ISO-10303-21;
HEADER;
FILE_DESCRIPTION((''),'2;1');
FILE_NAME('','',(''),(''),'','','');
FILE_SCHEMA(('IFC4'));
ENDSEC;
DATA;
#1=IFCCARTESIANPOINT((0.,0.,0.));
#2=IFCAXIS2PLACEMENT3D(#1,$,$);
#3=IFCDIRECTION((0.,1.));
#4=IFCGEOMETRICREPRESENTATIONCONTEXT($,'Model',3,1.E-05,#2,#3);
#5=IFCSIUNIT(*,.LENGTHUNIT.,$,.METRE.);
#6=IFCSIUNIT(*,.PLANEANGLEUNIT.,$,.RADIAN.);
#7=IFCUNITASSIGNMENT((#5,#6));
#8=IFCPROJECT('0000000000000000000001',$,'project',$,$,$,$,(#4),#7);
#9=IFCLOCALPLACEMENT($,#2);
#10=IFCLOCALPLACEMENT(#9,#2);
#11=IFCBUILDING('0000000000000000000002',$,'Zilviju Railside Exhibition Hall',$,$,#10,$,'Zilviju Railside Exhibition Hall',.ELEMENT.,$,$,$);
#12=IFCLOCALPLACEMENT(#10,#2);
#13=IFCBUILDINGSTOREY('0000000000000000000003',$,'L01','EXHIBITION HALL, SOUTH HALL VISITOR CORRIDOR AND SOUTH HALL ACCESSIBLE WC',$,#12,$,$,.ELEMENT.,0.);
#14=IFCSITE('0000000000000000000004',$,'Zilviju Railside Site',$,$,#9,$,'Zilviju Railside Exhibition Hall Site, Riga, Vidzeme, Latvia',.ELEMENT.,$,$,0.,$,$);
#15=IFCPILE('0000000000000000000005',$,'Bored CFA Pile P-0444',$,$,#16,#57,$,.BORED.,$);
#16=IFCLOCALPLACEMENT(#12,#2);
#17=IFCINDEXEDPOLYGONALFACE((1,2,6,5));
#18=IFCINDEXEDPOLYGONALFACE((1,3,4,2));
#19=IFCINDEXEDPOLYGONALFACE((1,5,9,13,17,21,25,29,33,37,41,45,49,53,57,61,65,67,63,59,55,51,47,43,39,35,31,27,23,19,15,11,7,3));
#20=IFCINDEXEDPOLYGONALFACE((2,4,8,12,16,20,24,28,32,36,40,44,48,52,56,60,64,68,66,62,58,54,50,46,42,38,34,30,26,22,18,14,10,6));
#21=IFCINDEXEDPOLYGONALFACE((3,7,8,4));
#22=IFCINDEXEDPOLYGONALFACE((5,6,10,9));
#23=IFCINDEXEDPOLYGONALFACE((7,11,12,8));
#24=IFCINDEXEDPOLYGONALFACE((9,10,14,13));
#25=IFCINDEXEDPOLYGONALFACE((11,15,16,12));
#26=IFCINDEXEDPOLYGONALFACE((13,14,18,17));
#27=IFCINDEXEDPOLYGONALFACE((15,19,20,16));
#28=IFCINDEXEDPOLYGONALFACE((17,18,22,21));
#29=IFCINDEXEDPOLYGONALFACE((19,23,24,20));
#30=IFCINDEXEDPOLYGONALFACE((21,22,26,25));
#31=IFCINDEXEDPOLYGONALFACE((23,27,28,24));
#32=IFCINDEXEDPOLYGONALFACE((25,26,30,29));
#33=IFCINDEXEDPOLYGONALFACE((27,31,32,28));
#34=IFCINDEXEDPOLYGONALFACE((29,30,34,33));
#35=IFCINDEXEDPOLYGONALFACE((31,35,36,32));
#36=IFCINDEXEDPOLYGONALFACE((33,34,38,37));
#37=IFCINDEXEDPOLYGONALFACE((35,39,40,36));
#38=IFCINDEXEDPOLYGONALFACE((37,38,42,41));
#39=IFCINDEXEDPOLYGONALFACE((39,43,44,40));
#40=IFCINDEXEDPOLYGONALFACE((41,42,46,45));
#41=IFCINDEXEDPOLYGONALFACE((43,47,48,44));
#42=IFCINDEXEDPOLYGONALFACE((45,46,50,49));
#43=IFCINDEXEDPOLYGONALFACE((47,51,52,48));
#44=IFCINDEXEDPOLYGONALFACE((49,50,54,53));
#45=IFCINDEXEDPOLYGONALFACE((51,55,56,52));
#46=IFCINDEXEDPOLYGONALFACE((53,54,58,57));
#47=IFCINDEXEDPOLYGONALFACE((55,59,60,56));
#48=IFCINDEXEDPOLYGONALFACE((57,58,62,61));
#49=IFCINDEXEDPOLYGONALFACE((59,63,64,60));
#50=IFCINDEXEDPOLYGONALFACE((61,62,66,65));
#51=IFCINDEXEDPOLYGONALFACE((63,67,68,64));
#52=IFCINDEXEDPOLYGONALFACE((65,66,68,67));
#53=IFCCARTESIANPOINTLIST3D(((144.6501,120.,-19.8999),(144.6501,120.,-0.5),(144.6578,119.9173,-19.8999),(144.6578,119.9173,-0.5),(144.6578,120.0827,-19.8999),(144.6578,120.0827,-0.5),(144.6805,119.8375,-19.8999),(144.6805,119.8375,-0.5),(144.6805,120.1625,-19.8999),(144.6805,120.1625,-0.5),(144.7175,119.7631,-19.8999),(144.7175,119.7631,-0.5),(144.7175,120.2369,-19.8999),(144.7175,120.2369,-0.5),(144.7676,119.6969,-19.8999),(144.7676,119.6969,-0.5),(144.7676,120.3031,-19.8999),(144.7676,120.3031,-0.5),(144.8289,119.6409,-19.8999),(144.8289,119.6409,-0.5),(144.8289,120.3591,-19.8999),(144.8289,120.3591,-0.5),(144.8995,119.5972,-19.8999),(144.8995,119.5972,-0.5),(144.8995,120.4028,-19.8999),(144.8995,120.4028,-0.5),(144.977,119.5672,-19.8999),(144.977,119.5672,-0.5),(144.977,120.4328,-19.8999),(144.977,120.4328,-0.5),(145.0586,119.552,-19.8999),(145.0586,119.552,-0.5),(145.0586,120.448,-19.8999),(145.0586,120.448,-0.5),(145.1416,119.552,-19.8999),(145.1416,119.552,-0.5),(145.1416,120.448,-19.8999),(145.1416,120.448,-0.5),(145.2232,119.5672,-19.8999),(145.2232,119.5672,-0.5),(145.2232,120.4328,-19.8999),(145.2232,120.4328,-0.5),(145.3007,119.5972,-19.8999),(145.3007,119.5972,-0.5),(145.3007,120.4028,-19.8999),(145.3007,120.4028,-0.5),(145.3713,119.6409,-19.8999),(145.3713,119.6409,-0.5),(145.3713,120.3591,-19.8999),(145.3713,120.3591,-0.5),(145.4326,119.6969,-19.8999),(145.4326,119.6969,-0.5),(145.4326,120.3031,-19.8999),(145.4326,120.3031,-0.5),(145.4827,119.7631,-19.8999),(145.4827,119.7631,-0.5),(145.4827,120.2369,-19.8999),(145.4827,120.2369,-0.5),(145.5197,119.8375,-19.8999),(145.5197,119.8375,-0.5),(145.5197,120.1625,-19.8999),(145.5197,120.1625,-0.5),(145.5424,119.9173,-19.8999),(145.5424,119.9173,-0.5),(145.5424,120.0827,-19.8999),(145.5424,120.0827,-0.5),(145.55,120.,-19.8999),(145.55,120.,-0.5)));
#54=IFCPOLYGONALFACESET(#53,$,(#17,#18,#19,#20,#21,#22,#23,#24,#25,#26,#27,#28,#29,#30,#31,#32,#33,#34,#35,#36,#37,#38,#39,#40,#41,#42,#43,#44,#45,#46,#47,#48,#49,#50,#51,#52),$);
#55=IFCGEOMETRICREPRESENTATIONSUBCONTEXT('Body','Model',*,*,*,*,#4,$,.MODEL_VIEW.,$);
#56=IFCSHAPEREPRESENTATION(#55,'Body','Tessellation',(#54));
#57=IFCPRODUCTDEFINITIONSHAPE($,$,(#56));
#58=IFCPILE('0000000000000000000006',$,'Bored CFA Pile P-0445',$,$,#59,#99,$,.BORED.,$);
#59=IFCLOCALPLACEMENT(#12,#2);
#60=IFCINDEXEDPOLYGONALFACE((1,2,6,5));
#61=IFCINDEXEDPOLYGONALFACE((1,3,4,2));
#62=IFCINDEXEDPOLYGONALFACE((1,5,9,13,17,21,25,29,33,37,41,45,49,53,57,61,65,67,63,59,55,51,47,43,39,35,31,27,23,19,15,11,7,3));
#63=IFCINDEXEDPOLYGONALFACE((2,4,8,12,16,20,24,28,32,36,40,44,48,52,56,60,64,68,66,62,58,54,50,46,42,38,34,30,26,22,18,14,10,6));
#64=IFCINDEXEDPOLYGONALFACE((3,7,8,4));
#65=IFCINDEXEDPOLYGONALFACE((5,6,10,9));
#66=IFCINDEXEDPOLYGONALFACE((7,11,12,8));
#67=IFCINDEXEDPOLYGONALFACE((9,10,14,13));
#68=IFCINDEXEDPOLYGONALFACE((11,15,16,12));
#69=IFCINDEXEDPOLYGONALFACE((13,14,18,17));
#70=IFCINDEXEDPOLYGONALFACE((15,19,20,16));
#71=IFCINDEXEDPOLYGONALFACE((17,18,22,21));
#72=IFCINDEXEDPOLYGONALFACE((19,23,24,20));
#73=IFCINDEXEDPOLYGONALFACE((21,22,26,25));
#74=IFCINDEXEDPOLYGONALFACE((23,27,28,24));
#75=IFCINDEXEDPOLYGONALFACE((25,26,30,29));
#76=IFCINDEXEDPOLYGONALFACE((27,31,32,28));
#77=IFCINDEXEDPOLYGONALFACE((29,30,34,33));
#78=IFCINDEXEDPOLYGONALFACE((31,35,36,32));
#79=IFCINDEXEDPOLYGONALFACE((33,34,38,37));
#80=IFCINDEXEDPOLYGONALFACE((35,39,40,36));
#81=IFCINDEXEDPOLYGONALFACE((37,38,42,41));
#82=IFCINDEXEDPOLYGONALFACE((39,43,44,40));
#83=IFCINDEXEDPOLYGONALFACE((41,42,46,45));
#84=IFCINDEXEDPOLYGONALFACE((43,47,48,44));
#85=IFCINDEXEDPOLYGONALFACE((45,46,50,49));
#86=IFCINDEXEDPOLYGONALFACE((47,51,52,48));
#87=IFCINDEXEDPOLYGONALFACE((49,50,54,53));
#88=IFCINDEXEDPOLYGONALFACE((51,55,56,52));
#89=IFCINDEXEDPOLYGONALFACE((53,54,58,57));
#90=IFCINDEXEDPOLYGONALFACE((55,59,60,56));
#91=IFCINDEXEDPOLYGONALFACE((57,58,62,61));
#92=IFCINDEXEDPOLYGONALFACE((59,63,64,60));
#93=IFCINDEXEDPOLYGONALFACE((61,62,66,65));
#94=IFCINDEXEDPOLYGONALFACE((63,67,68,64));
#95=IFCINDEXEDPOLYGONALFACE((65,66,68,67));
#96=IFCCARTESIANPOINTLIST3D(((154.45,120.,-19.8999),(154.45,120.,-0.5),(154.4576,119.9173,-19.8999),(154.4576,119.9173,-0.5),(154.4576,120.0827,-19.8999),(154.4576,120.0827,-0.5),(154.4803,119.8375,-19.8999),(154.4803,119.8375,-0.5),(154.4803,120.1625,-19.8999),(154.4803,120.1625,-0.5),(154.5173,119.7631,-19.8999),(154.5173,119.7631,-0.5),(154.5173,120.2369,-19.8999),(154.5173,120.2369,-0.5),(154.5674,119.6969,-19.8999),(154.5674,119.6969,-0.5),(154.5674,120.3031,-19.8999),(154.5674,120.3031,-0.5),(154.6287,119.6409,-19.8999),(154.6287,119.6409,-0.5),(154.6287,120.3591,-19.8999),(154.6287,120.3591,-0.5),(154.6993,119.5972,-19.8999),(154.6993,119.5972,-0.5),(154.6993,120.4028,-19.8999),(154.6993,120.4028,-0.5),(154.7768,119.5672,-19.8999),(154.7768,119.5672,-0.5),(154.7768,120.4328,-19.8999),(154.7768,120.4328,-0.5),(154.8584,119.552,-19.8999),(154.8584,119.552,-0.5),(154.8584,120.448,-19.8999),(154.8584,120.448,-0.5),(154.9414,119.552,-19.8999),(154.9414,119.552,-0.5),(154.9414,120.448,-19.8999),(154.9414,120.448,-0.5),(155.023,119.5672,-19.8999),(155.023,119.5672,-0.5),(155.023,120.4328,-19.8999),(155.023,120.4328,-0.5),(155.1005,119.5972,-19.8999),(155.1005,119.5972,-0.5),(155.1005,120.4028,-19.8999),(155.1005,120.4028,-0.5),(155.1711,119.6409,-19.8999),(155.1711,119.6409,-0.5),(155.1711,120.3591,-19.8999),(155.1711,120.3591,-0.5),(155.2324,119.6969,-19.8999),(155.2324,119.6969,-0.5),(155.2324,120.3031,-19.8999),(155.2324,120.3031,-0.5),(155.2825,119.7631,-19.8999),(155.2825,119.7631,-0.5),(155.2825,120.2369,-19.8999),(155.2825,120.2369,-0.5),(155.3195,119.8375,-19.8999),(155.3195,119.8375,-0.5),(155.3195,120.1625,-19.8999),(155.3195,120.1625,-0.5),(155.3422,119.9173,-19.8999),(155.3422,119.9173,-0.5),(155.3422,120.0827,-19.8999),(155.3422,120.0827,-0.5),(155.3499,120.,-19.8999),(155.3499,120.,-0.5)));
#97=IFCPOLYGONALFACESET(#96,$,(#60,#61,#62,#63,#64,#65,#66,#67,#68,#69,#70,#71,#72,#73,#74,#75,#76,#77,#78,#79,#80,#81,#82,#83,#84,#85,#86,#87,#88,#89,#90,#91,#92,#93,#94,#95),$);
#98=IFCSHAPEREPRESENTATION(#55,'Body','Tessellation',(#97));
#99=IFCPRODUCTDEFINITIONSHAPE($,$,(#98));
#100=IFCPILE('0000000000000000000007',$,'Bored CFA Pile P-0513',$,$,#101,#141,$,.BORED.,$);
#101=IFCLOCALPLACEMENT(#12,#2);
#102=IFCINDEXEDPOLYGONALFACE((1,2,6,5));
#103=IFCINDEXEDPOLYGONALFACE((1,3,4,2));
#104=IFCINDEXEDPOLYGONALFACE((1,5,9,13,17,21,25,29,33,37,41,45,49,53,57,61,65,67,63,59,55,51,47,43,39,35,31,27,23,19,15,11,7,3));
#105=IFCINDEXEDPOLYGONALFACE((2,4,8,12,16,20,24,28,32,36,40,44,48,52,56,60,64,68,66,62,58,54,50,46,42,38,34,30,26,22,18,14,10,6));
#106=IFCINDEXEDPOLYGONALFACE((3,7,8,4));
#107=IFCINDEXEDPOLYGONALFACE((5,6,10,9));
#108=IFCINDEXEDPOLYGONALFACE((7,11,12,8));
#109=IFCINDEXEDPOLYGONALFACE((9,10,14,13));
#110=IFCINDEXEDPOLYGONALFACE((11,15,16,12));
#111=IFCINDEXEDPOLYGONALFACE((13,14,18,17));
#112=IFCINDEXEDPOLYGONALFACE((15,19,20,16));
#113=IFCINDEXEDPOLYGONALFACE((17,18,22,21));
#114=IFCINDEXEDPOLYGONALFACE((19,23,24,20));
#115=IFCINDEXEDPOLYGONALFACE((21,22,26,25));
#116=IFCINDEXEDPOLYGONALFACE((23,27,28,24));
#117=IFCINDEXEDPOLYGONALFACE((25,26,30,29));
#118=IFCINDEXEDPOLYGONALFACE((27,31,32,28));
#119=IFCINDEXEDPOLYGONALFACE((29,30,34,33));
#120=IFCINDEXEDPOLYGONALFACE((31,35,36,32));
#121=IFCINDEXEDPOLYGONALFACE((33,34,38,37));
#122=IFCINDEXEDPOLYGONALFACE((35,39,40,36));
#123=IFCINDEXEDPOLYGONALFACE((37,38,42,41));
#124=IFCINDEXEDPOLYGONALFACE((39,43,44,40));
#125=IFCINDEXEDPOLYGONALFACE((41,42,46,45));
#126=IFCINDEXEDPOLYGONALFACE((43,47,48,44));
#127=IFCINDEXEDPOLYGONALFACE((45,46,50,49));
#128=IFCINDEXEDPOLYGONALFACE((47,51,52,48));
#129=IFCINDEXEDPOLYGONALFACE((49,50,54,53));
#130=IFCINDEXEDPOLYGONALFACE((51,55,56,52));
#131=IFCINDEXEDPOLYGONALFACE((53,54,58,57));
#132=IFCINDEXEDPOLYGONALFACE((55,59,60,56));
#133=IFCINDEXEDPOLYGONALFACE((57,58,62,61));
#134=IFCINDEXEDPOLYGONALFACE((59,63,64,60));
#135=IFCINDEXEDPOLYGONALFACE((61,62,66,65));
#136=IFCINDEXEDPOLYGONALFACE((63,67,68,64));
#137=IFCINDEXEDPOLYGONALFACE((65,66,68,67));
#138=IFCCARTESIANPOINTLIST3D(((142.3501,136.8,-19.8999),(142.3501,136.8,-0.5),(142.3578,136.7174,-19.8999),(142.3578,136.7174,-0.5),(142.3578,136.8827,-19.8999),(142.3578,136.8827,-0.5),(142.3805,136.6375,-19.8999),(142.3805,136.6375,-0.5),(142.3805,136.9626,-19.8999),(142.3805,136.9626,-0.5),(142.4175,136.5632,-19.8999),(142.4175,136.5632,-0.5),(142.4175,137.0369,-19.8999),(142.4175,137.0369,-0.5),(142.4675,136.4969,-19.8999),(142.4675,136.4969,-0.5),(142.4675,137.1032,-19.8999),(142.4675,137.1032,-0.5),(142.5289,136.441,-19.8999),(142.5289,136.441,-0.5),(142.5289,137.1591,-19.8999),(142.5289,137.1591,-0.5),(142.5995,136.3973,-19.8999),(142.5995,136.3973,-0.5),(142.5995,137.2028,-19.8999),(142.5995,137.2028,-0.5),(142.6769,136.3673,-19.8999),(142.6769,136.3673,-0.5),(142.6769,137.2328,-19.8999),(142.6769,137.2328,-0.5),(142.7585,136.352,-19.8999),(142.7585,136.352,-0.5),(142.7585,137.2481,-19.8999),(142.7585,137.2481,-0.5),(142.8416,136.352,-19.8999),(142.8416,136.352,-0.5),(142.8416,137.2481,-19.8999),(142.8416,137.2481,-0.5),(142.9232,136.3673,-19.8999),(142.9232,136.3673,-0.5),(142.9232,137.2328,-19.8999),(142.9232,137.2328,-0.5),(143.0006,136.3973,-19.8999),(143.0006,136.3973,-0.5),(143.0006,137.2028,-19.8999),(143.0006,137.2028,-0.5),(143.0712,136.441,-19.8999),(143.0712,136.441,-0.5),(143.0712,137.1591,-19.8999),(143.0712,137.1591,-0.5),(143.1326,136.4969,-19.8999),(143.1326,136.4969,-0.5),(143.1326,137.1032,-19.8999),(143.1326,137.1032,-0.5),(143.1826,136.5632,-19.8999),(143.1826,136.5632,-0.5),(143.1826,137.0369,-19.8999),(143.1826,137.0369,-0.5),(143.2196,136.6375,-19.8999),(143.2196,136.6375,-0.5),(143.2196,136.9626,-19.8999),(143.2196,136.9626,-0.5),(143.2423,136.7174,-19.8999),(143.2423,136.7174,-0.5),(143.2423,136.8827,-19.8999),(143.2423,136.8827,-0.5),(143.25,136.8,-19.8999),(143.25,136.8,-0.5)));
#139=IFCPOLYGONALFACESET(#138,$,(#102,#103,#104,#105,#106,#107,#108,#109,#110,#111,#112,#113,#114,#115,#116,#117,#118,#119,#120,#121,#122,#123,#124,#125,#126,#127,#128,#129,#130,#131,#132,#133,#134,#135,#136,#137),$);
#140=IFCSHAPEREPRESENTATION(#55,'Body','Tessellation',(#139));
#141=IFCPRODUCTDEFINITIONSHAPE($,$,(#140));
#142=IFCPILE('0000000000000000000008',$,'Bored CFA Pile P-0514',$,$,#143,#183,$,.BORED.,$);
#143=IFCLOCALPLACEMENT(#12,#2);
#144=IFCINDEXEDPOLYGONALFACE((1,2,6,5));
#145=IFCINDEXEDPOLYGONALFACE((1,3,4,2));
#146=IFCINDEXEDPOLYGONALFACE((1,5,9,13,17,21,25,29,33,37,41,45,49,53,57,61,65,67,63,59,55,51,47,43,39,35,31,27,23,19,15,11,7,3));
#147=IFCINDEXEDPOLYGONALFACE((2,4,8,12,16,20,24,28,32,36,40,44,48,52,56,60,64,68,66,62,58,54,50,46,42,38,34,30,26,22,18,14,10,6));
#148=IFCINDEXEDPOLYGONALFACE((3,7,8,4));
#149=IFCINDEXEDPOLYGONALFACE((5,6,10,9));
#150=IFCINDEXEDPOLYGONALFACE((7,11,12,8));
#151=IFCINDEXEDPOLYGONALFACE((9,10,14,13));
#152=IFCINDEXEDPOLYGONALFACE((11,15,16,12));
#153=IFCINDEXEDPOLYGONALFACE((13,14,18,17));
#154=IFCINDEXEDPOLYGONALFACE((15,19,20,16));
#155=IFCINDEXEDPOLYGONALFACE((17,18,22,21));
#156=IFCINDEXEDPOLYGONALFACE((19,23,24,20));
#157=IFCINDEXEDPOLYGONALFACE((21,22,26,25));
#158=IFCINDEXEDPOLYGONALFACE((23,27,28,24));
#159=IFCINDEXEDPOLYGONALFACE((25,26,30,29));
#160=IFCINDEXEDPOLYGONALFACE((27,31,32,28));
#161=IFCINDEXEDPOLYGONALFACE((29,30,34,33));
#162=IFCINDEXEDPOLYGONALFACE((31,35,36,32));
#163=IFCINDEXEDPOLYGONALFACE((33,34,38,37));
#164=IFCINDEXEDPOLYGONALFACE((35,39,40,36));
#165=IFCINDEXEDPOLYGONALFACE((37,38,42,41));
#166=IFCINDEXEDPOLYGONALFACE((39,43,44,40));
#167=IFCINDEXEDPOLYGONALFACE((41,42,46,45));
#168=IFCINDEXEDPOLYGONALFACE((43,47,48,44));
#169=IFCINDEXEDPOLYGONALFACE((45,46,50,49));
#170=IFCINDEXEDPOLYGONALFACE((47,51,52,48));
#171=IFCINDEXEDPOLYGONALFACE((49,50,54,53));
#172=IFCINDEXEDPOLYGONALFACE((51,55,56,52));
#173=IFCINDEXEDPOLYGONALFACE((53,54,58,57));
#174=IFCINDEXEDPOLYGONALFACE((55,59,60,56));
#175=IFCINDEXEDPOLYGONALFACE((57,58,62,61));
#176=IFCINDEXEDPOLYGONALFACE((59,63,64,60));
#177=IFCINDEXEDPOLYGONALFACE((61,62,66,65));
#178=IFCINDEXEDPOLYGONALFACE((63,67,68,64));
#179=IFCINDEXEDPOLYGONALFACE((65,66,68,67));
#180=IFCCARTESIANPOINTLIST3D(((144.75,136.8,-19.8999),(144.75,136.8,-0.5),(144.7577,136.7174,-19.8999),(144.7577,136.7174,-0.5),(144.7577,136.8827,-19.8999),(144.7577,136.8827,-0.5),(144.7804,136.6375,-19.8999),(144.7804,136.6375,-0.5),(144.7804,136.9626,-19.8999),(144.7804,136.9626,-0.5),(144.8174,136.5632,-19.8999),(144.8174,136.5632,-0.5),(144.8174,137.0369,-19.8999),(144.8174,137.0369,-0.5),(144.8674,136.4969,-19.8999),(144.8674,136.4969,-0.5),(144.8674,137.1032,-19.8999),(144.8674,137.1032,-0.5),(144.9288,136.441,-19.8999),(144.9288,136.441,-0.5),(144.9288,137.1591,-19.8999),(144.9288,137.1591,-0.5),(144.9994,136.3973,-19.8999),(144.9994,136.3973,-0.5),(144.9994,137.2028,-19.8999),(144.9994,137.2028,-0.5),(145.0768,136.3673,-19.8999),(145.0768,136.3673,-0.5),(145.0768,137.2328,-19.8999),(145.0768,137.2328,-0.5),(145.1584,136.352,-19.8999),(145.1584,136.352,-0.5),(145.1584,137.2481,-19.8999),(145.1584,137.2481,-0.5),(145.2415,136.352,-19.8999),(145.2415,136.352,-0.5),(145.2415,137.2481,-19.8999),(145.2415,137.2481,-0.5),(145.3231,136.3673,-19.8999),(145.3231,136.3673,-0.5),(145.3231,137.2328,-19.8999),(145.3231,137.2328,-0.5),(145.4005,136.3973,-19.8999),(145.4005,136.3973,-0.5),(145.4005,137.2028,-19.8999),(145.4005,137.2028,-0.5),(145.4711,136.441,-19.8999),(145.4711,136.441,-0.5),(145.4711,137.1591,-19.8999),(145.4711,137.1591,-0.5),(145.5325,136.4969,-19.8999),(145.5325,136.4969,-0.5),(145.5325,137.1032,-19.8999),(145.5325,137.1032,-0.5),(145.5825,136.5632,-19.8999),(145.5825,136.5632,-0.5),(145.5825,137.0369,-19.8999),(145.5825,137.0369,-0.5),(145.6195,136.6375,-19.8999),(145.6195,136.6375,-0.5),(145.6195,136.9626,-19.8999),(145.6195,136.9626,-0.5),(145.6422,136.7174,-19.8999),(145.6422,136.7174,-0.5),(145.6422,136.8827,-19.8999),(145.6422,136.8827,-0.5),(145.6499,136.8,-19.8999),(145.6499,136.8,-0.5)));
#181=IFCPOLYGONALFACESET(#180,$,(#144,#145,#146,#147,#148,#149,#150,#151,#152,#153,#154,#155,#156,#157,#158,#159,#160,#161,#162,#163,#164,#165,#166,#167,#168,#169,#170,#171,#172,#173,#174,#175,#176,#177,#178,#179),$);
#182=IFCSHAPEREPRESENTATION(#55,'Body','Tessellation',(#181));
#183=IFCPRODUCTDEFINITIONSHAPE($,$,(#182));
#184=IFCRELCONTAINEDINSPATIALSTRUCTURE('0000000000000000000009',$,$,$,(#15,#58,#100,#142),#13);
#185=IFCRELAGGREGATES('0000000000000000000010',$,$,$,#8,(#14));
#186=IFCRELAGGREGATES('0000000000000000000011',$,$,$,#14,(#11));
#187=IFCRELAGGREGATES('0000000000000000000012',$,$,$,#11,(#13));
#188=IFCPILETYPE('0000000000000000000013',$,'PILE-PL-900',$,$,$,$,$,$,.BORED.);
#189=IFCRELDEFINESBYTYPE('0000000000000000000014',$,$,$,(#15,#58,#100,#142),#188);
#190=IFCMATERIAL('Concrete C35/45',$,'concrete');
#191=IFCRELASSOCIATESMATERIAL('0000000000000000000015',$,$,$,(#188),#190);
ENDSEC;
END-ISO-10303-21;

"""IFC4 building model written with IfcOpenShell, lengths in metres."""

from ifc_helpers import new_model, si_unit, direction, frame, origin, origin_2d, place, context, subcontext, project, spatial, circle, extrude, material, material_profile, profile_set, type_object, element, save


model = new_model("IFC4")

# Units and contexts
model_context = context("Model", 3, precision=1e-05, world=origin(), true_north=direction((0.0, 1.0)))
body_context = subcontext(model_context, "Body", "Model", "MODEL_VIEW")
ifc_project = project(units=[si_unit("LENGTHUNIT", "METRE"), si_unit("PLANEANGLEUNIT", "RADIAN")], contexts=[model_context])

# Site, building, storey
site_placement = place(None, origin())
site = spatial("IfcSite", under=ifc_project, at=site_placement, Name="Zilviju Railside Site", LongName="Zilviju Railside Exhibition Hall Site, Riga, Vidzeme, Latvia", CompositionType="ELEMENT", RefElevation=0.0)
building_placement = place(site_placement, origin())
building = spatial("IfcBuilding", under=site, at=building_placement, Name="Zilviju Railside Exhibition Hall", LongName="Zilviju Railside Exhibition Hall", CompositionType="ELEMENT")
storey_placement = place(building_placement, origin())
storey = spatial("IfcBuildingStorey", under=building, at=storey_placement, Name="L01", Description="EXHIBITION HALL, SOUTH HALL VISITOR CORRIDOR AND SOUTH HALL ACCESSIBLE WC", CompositionType="ELEMENT", Elevation=0.0)

# Shared definitions
ifc_material_1 = material(Name="Concrete C35/45", Category="concrete")

# Piles
ifc_material_profile_1 = material_profile(ifc_material_1, circle(Radius=0.45, at=origin_2d()), Name="CFA PILE D900")
ifc_profile_set_1 = profile_set([ifc_material_profile_1], Name="Concrete C35/45")
pile_type = type_object("IfcPileType", Name="PILE-PL-900", PredefinedType="BORED", material=ifc_profile_set_1)
for number, where, z_axis, x_axis, name in (
    (1, (145.1001, 120.0, -0.5), (0.0, 0.0, -1.0), (1.0, 0.0, 0.0), "Bored CFA Pile P-0444"),
    (2, (154.8999, 120.0, -0.5), (0.0, 0.0, -1.0), (1.0, 0.0, 0.0), "Bored CFA Pile P-0445"),
    (3, (142.8, 136.8, -0.5), (0.0, 0.0, -1.0), (1.0, 0.0, 0.0), "Bored CFA Pile P-0513"),
    (4, (145.2, 136.8, -0.5), (0.0, 0.0, -1.0), (1.0, 0.0, 0.0), "Bored CFA Pile P-0514"),
):
    element("IfcPile", number, at=place(storey_placement, frame(where, z_axis=z_axis, x_axis=x_axis)), inside=storey, type_object=pile_type, Name=name, PredefinedType="BORED", context=body_context, shape_type="SweptSolid", body=[
        extrude(circle(Radius=0.45, at=origin_2d()), origin(), (0.0, 0.0, 1.0), 19.3999),
    ])

save(model, "model.ifc")
